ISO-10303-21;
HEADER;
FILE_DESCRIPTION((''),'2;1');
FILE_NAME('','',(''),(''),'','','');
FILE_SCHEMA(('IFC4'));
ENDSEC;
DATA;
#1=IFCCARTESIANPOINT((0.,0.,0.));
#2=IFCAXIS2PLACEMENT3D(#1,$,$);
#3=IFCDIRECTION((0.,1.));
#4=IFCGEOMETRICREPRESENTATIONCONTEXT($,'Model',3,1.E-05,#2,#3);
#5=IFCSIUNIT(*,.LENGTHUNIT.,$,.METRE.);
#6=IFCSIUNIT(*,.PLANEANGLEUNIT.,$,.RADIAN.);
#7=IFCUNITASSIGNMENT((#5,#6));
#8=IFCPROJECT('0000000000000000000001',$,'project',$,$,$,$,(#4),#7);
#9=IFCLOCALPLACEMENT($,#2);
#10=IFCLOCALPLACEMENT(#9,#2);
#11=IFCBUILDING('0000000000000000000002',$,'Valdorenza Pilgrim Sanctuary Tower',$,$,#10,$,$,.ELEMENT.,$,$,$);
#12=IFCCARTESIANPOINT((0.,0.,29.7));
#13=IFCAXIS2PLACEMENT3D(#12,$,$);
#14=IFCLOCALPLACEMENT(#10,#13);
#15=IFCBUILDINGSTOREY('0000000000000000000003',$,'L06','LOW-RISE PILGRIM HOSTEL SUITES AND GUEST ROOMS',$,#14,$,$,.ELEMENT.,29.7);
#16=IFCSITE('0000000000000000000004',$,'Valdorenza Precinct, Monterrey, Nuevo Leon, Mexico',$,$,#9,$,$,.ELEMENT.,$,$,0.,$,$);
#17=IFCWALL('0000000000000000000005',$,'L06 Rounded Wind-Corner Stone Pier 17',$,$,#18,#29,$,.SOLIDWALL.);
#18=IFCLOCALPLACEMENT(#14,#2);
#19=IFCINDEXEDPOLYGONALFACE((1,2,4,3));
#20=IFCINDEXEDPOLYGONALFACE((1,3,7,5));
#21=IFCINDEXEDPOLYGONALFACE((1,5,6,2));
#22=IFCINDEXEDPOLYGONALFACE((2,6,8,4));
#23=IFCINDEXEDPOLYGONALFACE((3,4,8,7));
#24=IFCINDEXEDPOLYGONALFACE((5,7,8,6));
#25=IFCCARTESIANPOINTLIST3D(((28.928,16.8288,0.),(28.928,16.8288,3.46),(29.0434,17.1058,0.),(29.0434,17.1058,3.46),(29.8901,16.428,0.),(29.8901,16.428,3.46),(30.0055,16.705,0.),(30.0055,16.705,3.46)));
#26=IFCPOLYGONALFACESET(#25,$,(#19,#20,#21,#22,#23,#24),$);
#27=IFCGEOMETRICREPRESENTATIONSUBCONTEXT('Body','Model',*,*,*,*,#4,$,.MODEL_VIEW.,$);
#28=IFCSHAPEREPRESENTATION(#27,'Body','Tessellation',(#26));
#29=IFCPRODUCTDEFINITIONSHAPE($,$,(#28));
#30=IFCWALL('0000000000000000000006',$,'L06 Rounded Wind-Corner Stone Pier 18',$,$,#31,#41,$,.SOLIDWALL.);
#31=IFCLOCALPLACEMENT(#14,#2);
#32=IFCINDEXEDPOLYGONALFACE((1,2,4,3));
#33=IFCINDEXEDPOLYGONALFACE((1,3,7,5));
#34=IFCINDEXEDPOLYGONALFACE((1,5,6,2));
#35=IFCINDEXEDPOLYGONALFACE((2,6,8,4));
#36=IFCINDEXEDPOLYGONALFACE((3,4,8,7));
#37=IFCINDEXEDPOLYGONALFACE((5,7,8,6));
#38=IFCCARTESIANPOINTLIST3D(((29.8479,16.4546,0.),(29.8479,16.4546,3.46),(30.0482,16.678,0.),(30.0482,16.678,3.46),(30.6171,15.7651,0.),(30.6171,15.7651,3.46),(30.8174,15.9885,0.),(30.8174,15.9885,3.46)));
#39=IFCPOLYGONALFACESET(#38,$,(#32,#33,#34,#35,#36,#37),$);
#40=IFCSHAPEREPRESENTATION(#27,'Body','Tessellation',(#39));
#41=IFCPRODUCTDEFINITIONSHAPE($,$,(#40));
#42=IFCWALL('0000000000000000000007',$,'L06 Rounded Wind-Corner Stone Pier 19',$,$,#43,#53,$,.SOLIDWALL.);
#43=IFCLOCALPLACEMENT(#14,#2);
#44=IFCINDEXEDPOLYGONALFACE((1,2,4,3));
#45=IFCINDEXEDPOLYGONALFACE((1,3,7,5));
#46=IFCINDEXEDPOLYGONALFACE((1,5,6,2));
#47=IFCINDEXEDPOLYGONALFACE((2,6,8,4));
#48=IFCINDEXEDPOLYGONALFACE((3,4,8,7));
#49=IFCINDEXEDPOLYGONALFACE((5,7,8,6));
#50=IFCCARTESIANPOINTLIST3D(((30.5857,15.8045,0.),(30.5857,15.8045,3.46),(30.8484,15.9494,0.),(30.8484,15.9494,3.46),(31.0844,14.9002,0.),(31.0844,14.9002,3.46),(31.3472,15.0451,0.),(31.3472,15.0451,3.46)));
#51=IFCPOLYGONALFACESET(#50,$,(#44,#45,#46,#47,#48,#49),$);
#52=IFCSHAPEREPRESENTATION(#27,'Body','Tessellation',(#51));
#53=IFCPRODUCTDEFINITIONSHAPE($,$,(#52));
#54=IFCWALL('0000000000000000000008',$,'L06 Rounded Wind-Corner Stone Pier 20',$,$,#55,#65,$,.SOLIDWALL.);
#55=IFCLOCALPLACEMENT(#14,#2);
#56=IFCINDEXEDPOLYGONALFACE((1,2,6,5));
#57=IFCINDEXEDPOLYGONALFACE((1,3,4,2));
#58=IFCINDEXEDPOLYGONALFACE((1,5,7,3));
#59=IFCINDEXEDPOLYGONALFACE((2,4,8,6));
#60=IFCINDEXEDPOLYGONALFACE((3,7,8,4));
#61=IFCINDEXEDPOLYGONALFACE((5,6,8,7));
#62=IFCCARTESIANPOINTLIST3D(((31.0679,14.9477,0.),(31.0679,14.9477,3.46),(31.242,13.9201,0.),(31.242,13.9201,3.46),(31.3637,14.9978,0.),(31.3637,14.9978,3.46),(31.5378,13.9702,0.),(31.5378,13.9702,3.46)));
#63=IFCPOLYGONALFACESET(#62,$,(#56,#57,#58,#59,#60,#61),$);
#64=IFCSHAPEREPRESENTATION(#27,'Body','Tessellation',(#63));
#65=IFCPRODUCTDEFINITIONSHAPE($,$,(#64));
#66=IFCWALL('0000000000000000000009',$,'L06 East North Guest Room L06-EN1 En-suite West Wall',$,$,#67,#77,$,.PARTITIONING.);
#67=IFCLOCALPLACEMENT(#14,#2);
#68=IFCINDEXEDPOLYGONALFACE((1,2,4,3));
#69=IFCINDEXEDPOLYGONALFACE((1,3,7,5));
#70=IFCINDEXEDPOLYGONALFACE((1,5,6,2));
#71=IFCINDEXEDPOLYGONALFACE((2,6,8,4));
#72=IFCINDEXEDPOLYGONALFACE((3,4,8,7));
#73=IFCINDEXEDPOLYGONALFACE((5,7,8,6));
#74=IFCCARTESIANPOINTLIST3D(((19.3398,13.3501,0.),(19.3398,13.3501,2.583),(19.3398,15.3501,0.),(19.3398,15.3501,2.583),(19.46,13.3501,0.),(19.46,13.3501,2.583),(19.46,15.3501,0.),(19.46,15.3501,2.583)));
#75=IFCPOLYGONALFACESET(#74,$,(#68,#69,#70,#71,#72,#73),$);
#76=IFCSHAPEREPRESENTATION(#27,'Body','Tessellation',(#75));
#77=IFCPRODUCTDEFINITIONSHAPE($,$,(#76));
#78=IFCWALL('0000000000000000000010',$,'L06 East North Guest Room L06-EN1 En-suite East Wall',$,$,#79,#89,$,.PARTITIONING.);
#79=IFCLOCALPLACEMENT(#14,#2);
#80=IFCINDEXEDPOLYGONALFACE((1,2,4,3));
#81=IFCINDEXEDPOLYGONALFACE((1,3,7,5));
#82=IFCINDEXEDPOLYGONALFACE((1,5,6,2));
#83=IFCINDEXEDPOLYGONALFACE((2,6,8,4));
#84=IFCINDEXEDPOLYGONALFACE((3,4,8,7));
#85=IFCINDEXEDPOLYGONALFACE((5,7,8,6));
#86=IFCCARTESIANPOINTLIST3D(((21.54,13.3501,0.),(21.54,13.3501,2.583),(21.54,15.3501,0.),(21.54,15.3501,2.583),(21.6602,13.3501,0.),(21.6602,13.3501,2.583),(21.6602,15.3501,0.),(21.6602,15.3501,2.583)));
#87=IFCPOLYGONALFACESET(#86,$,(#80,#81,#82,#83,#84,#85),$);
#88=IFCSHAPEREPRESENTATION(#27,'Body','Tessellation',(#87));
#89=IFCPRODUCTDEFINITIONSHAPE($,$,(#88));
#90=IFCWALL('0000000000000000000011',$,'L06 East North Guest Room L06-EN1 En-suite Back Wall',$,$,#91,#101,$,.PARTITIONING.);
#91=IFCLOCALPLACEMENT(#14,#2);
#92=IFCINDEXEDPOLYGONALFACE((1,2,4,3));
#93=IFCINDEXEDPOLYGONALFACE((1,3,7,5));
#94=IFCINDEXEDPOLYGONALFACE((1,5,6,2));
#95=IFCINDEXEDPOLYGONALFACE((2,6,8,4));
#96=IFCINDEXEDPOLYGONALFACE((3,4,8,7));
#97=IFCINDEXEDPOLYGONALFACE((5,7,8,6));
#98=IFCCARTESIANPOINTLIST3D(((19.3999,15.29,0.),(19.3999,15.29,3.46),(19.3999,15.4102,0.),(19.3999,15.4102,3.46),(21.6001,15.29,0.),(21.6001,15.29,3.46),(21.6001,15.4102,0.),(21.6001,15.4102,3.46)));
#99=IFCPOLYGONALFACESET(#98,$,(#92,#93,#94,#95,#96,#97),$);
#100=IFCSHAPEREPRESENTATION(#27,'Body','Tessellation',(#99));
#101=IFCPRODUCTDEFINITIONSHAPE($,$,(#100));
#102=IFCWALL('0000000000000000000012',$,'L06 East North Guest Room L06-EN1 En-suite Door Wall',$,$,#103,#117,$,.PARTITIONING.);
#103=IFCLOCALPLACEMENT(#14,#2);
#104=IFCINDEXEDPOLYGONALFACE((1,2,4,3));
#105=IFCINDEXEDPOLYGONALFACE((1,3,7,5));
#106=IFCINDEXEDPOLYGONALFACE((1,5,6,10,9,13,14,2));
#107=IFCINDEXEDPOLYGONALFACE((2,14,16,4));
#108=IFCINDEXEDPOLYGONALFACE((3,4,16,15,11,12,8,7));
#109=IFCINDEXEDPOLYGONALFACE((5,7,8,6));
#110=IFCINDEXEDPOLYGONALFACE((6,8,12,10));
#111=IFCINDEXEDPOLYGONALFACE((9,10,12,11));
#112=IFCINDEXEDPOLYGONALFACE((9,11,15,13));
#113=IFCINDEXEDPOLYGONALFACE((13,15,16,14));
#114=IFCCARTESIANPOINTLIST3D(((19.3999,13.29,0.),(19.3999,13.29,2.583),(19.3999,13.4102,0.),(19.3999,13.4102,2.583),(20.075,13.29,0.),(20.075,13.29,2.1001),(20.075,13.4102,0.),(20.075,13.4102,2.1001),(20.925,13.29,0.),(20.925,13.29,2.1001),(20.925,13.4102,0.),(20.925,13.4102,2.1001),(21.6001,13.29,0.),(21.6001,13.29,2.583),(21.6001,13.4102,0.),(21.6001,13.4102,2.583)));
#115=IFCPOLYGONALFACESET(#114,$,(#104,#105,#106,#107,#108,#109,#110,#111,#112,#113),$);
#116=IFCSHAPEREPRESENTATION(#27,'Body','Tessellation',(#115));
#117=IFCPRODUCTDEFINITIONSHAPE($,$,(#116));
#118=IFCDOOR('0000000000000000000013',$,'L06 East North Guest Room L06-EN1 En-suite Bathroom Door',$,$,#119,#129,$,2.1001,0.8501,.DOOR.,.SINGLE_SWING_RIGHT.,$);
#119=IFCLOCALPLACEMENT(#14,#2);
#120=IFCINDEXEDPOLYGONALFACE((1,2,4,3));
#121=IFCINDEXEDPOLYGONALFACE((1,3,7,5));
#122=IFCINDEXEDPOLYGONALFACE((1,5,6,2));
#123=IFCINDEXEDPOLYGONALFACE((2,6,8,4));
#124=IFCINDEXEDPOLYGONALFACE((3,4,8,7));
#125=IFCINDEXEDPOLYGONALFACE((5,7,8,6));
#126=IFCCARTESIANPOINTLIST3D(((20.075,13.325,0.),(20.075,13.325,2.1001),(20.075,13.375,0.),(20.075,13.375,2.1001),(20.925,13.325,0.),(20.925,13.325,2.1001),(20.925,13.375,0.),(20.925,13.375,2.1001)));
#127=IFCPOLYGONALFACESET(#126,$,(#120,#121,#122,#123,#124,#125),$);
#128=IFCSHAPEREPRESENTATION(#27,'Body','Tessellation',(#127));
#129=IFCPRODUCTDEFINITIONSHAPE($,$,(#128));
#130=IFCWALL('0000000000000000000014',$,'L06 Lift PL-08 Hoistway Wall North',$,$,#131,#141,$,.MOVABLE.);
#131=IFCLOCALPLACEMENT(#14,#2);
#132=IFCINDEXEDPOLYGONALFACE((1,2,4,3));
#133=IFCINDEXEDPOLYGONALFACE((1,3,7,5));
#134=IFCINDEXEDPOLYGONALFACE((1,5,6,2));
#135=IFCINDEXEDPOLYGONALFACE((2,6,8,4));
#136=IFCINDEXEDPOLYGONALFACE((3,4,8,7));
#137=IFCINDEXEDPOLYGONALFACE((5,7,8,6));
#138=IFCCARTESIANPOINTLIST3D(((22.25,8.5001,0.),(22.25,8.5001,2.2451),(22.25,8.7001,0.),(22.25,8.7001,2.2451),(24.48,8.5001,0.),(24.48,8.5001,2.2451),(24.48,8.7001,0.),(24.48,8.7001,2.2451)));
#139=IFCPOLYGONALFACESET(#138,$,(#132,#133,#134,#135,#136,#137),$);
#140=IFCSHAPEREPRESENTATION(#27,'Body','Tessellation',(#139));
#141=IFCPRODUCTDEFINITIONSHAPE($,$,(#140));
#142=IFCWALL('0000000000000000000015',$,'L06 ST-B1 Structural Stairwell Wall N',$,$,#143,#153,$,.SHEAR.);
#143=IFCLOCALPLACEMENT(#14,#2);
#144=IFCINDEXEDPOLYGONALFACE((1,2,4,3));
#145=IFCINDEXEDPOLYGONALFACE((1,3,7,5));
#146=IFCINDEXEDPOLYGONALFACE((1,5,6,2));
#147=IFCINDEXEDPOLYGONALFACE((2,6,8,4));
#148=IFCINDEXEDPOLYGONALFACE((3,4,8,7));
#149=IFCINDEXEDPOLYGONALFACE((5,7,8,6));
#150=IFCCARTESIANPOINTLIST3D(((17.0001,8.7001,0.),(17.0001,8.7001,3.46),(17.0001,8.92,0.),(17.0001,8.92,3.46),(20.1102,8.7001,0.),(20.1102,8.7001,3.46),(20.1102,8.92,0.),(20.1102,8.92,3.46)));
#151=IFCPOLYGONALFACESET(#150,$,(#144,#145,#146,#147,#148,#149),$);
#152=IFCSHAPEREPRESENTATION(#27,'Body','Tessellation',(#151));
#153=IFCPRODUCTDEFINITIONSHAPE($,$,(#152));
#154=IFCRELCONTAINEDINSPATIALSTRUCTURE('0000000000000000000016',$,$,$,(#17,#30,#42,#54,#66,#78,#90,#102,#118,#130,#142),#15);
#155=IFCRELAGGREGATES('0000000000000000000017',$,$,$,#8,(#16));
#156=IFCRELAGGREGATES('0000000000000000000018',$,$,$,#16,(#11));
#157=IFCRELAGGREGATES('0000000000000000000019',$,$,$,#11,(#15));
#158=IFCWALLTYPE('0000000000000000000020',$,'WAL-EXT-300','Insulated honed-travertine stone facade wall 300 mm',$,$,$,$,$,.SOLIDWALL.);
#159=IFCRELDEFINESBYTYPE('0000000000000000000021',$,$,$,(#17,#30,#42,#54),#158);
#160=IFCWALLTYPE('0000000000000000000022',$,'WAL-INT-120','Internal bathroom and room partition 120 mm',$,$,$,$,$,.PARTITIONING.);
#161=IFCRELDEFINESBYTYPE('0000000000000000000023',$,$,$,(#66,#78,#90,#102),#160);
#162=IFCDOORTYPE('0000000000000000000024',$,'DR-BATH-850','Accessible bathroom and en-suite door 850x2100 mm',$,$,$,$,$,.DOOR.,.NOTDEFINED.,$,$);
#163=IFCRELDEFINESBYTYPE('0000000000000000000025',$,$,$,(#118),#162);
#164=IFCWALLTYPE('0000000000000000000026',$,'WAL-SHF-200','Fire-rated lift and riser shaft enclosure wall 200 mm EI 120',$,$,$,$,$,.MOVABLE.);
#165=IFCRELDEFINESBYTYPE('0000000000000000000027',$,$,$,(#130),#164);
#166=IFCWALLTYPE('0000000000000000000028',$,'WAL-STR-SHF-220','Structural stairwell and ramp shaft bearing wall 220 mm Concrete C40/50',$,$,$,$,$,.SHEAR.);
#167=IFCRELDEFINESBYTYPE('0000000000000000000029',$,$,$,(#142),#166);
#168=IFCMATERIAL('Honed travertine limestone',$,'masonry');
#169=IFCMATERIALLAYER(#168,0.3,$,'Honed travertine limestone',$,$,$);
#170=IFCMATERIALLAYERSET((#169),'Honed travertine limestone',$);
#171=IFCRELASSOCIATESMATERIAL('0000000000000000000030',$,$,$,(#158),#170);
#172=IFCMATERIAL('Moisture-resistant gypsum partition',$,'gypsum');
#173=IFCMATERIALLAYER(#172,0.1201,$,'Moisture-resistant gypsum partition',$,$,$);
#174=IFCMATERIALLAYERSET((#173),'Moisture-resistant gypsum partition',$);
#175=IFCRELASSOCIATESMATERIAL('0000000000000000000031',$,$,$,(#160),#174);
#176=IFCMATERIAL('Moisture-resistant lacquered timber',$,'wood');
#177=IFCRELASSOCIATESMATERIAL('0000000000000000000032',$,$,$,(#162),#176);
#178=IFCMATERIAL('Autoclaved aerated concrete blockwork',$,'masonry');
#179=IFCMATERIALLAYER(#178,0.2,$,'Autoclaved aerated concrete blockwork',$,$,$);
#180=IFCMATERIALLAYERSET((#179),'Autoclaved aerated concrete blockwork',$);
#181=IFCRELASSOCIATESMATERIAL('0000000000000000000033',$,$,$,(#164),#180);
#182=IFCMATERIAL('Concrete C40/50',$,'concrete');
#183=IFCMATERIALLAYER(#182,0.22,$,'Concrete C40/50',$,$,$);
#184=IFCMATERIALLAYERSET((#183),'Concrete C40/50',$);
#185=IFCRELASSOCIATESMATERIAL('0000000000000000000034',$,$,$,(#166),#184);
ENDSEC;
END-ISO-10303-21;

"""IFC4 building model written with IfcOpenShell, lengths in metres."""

from ifc_helpers import new_model, si_unit, direction, frame, frame_2d, origin, place, context, subcontext, project, spatial, rectangle, extrude, material, layer, layer_set, type_object, element, fill, save


model = new_model("IFC4")

# Units and contexts
model_context = context("Model", 3, precision=1e-05, world=origin(), true_north=direction((0.0, 1.0)))
body_context = subcontext(model_context, "Body", "Model", "MODEL_VIEW")
ifc_project = project(units=[si_unit("LENGTHUNIT", "METRE"), si_unit("PLANEANGLEUNIT", "RADIAN")], contexts=[model_context])

# Site, building, storey
site_placement = place(None, origin())
site = spatial("IfcSite", under=ifc_project, at=site_placement, Name="Valdorenza Precinct, Monterrey, Nuevo Leon, Mexico", CompositionType="ELEMENT", RefElevation=0.0)
building_placement = place(site_placement, origin())
building = spatial("IfcBuilding", under=site, at=building_placement, Name="Valdorenza Pilgrim Sanctuary Tower", CompositionType="ELEMENT")
storey_placement = place(building_placement, frame((0.0, 0.0, 29.7)))
storey = spatial("IfcBuildingStorey", under=building, at=storey_placement, Name="L06", Description="LOW-RISE PILGRIM HOSTEL SUITES AND GUEST ROOMS", CompositionType="ELEMENT", Elevation=29.7)

# Shared definitions
ifc_material_1 = material(Name="Honed travertine limestone", Category="masonry")

# Walls
ifc_layer_1 = layer(ifc_material_1, 0.3, Name="Honed travertine limestone")
ifc_layer_set_1 = layer_set([ifc_layer_1], Name="Honed travertine limestone")
wall_type_1 = type_object("IfcWallType", Name="WAL-EXT-300", Description="Insulated honed-travertine stone facade wall 300 mm", PredefinedType="SOLIDWALL", material=ifc_layer_set_1)
wall_1_placement = place(storey_placement, frame((28.9858, 16.9673, 0.0), z_axis=(0.0, 0.0, 1.0), x_axis=(0.923084, -0.384599, 0.0)))
element("IfcWall", 1, at=wall_1_placement, inside=storey, type_object=wall_type_1, Name="L06 Rounded Wind-Corner Stone Pier 17", PredefinedType="SOLIDWALL", context=body_context, shape_type="SweptSolid", body=[
    extrude(rectangle(XDim=1.0422, YDim=0.3, at=frame_2d((0.521, 0.0))), origin(), (0.0, 0.0, 1.0), 3.46),
])
wall_2_placement = place(storey_placement, frame((29.948, 16.5664, 0.0), z_axis=(0.0, 0.0, 1.0), x_axis=(0.744586, -0.667527, 0.0)))
element("IfcWall", 2, at=wall_2_placement, inside=storey, type_object=wall_type_1, Name="L06 Rounded Wind-Corner Stone Pier 18", PredefinedType="SOLIDWALL", context=body_context, shape_type="SweptSolid", body=[
    extrude(rectangle(XDim=1.033, YDim=0.3, at=frame_2d((0.5166, 0.0))), origin(), (0.0, 0.0, 1.0), 3.46),
])
wall_3_placement = place(storey_placement, frame((30.717, 15.877, 0.0), z_axis=(0.0, 0.0, 1.0), x_axis=(0.482971, -0.875636, 0.0)))
element("IfcWall", 3, at=wall_3_placement, inside=storey, type_object=wall_type_1, Name="L06 Rounded Wind-Corner Stone Pier 19", PredefinedType="SOLIDWALL", context=body_context, shape_type="SweptSolid", body=[
    extrude(rectangle(XDim=1.0327, YDim=0.3, at=frame_2d((0.5164, 0.0))), origin(), (0.0, 0.0, 1.0), 3.46),
])
wall_4_placement = place(storey_placement, frame((31.2158, 14.9727, 0.0), z_axis=(0.0, 0.0, 1.0), x_axis=(0.167019, -0.985954, 0.0)))
element("IfcWall", 4, at=wall_4_placement, inside=storey, type_object=wall_type_1, Name="L06 Rounded Wind-Corner Stone Pier 20", PredefinedType="SOLIDWALL", context=body_context, shape_type="SweptSolid", body=[
    extrude(rectangle(XDim=1.0422, YDim=0.3, at=frame_2d((0.521, 0.0))), origin(), (0.0, 0.0, 1.0), 3.46),
])
ifc_material_2 = material(Name="Moisture-resistant gypsum partition", Category="gypsum")
ifc_layer_2 = layer(ifc_material_2, 0.1201, Name="Moisture-resistant gypsum partition")
ifc_layer_set_2 = layer_set([ifc_layer_2], Name="Moisture-resistant gypsum partition")
wall_type_2 = type_object("IfcWallType", Name="WAL-INT-120", Description="Internal bathroom and room partition 120 mm", PredefinedType="PARTITIONING", material=ifc_layer_set_2)
for number, where, z_axis, x_axis, name in (
    (5, (19.3999, 13.3501, 0.0), (0.0, 0.0, 1.0), (0.0, 1.0, 0.0), "L06 East North Guest Room L06-EN1 En-suite West Wall"),
    (6, (21.6001, 13.3501, 0.0), (0.0, 0.0, 1.0), (0.0, 1.0, 0.0), "L06 East North Guest Room L06-EN1 En-suite East Wall"),
):
    element("IfcWall", number, at=place(storey_placement, frame(where, z_axis=z_axis, x_axis=x_axis)), inside=storey, type_object=wall_type_2, Name=name, PredefinedType="PARTITIONING", context=body_context, shape_type="SweptSolid", body=[
        extrude(rectangle(XDim=2.0, YDim=0.1201, at=frame_2d((1.0, 0.0))), origin(), (0.0, 0.0, 1.0), 2.583),
    ])
wall_5_placement = place(storey_placement, frame((19.3999, 15.3501, 0.0), z_axis=(0.0, 0.0, 1.0), x_axis=(1.0, 0.0, 0.0)))
element("IfcWall", 7, at=wall_5_placement, inside=storey, type_object=wall_type_2, Name="L06 East North Guest Room L06-EN1 En-suite Back Wall", PredefinedType="PARTITIONING", context=body_context, shape_type="SweptSolid", body=[
    extrude(rectangle(XDim=2.2002, YDim=0.1201, at=frame_2d((1.1001, 0.0))), origin(), (0.0, 0.0, 1.0), 3.46),
])

# Wall, opening, door
wall_6_placement = place(storey_placement, frame((19.3999, 13.3501, 0.0), z_axis=(0.0, 0.0, 1.0), x_axis=(1.0, 0.0, 0.0)))
wall_6 = element("IfcWall", 8, at=wall_6_placement, inside=storey, type_object=wall_type_2, Name="L06 East North Guest Room L06-EN1 En-suite Door Wall", PredefinedType="PARTITIONING", context=body_context, shape_type="SweptSolid", body=[
    extrude(rectangle(XDim=2.2002, YDim=0.1201, at=frame_2d((1.1001, 0.0))), origin(), (0.0, 0.0, 1.0), 2.583),
])
opening_1_placement = place(wall_6_placement, frame((0.675, 0.0, 0.0)))
opening_1 = element("IfcOpeningElement", 9, at=opening_1_placement, cuts=wall_6, PredefinedType="OPENING", context=body_context, shape_type="SweptSolid", body=[
    extrude(rectangle(XDim=0.8501, YDim=2.1001, at=frame_2d((0.425, 1.05))), frame((0.0, 0.075, 0.0), z_axis=(0.0, -1.0, 0.0), x_axis=(1.0, 0.0, 0.0)), (0.0, 0.0, 1.0), 0.1499),
])
ifc_material_3 = material(Name="Moisture-resistant lacquered timber", Category="wood")
door_type_1 = type_object("IfcDoorType", Name="DR-BATH-850", Description="Accessible bathroom and en-suite door 850x2100 mm", OperationType="NOTDEFINED", PredefinedType="DOOR", material=ifc_material_3)
door_1_placement = place(opening_1_placement, origin())
door_1 = element("IfcDoor", 10, at=door_1_placement, inside=storey, type_object=door_type_1, Name="L06 East North Guest Room L06-EN1 En-suite Bathroom Door", OperationType="SINGLE_SWING_RIGHT", OverallHeight=2.1001, OverallWidth=0.8501, PredefinedType="DOOR", context=body_context, shape_type="SweptSolid", body=[
    extrude(rectangle(XDim=0.8501, YDim=2.1001, at=frame_2d((0.425, 1.05))), frame((0.0, 0.0249, 0.0), z_axis=(0.0, -1.0, 0.0), x_axis=(1.0, 0.0, 0.0)), (0.0, 0.0, 1.0), 0.05),
])
fill(opening_1, door_1)

# Walls
ifc_material_4 = material(Name="Autoclaved aerated concrete blockwork", Category="masonry")
ifc_layer_3 = layer(ifc_material_4, 0.2, Name="Autoclaved aerated concrete blockwork")
ifc_layer_set_3 = layer_set([ifc_layer_3], Name="Autoclaved aerated concrete blockwork")
wall_type_3 = type_object("IfcWallType", Name="WAL-SHF-200", Description="Fire-rated lift and riser shaft enclosure wall 200 mm EI 120", PredefinedType="MOVABLE", material=ifc_layer_set_3)
wall_7_placement = place(storey_placement, frame((22.25, 8.6001, 0.0), z_axis=(0.0, 0.0, 1.0), x_axis=(1.0, 0.0, 0.0)))
element("IfcWall", 11, at=wall_7_placement, inside=storey, type_object=wall_type_3, Name="L06 Lift PL-08 Hoistway Wall North", PredefinedType="MOVABLE", context=body_context, shape_type="SweptSolid", body=[
    extrude(rectangle(XDim=2.23, YDim=0.2, at=frame_2d((1.115, 0.0))), origin(), (0.0, 0.0, 1.0), 2.2451),
])
ifc_material_5 = material(Name="Concrete C40/50", Category="concrete")
ifc_layer_4 = layer(ifc_material_5, 0.22, Name="Concrete C40/50")
ifc_layer_set_4 = layer_set([ifc_layer_4], Name="Concrete C40/50")
wall_type_4 = type_object("IfcWallType", Name="WAL-STR-SHF-220", Description="Structural stairwell and ramp shaft bearing wall 220 mm Concrete C40/50", PredefinedType="SHEAR", material=ifc_layer_set_4)
wall_8_placement = place(storey_placement, frame((17.0, 8.8101, 0.0), z_axis=(0.0, 0.0, 1.0), x_axis=(1.0, 0.0, 0.0)))
element("IfcWall", 12, at=wall_8_placement, inside=storey, type_object=wall_type_4, Name="L06 ST-B1 Structural Stairwell Wall N", PredefinedType="SHEAR", context=body_context, shape_type="SweptSolid", body=[
    extrude(rectangle(XDim=3.1101, YDim=0.22, at=frame_2d((1.5552, 0.0))), origin(), (0.0, 0.0, 1.0), 3.46),
])

save(model, "model.ifc")
